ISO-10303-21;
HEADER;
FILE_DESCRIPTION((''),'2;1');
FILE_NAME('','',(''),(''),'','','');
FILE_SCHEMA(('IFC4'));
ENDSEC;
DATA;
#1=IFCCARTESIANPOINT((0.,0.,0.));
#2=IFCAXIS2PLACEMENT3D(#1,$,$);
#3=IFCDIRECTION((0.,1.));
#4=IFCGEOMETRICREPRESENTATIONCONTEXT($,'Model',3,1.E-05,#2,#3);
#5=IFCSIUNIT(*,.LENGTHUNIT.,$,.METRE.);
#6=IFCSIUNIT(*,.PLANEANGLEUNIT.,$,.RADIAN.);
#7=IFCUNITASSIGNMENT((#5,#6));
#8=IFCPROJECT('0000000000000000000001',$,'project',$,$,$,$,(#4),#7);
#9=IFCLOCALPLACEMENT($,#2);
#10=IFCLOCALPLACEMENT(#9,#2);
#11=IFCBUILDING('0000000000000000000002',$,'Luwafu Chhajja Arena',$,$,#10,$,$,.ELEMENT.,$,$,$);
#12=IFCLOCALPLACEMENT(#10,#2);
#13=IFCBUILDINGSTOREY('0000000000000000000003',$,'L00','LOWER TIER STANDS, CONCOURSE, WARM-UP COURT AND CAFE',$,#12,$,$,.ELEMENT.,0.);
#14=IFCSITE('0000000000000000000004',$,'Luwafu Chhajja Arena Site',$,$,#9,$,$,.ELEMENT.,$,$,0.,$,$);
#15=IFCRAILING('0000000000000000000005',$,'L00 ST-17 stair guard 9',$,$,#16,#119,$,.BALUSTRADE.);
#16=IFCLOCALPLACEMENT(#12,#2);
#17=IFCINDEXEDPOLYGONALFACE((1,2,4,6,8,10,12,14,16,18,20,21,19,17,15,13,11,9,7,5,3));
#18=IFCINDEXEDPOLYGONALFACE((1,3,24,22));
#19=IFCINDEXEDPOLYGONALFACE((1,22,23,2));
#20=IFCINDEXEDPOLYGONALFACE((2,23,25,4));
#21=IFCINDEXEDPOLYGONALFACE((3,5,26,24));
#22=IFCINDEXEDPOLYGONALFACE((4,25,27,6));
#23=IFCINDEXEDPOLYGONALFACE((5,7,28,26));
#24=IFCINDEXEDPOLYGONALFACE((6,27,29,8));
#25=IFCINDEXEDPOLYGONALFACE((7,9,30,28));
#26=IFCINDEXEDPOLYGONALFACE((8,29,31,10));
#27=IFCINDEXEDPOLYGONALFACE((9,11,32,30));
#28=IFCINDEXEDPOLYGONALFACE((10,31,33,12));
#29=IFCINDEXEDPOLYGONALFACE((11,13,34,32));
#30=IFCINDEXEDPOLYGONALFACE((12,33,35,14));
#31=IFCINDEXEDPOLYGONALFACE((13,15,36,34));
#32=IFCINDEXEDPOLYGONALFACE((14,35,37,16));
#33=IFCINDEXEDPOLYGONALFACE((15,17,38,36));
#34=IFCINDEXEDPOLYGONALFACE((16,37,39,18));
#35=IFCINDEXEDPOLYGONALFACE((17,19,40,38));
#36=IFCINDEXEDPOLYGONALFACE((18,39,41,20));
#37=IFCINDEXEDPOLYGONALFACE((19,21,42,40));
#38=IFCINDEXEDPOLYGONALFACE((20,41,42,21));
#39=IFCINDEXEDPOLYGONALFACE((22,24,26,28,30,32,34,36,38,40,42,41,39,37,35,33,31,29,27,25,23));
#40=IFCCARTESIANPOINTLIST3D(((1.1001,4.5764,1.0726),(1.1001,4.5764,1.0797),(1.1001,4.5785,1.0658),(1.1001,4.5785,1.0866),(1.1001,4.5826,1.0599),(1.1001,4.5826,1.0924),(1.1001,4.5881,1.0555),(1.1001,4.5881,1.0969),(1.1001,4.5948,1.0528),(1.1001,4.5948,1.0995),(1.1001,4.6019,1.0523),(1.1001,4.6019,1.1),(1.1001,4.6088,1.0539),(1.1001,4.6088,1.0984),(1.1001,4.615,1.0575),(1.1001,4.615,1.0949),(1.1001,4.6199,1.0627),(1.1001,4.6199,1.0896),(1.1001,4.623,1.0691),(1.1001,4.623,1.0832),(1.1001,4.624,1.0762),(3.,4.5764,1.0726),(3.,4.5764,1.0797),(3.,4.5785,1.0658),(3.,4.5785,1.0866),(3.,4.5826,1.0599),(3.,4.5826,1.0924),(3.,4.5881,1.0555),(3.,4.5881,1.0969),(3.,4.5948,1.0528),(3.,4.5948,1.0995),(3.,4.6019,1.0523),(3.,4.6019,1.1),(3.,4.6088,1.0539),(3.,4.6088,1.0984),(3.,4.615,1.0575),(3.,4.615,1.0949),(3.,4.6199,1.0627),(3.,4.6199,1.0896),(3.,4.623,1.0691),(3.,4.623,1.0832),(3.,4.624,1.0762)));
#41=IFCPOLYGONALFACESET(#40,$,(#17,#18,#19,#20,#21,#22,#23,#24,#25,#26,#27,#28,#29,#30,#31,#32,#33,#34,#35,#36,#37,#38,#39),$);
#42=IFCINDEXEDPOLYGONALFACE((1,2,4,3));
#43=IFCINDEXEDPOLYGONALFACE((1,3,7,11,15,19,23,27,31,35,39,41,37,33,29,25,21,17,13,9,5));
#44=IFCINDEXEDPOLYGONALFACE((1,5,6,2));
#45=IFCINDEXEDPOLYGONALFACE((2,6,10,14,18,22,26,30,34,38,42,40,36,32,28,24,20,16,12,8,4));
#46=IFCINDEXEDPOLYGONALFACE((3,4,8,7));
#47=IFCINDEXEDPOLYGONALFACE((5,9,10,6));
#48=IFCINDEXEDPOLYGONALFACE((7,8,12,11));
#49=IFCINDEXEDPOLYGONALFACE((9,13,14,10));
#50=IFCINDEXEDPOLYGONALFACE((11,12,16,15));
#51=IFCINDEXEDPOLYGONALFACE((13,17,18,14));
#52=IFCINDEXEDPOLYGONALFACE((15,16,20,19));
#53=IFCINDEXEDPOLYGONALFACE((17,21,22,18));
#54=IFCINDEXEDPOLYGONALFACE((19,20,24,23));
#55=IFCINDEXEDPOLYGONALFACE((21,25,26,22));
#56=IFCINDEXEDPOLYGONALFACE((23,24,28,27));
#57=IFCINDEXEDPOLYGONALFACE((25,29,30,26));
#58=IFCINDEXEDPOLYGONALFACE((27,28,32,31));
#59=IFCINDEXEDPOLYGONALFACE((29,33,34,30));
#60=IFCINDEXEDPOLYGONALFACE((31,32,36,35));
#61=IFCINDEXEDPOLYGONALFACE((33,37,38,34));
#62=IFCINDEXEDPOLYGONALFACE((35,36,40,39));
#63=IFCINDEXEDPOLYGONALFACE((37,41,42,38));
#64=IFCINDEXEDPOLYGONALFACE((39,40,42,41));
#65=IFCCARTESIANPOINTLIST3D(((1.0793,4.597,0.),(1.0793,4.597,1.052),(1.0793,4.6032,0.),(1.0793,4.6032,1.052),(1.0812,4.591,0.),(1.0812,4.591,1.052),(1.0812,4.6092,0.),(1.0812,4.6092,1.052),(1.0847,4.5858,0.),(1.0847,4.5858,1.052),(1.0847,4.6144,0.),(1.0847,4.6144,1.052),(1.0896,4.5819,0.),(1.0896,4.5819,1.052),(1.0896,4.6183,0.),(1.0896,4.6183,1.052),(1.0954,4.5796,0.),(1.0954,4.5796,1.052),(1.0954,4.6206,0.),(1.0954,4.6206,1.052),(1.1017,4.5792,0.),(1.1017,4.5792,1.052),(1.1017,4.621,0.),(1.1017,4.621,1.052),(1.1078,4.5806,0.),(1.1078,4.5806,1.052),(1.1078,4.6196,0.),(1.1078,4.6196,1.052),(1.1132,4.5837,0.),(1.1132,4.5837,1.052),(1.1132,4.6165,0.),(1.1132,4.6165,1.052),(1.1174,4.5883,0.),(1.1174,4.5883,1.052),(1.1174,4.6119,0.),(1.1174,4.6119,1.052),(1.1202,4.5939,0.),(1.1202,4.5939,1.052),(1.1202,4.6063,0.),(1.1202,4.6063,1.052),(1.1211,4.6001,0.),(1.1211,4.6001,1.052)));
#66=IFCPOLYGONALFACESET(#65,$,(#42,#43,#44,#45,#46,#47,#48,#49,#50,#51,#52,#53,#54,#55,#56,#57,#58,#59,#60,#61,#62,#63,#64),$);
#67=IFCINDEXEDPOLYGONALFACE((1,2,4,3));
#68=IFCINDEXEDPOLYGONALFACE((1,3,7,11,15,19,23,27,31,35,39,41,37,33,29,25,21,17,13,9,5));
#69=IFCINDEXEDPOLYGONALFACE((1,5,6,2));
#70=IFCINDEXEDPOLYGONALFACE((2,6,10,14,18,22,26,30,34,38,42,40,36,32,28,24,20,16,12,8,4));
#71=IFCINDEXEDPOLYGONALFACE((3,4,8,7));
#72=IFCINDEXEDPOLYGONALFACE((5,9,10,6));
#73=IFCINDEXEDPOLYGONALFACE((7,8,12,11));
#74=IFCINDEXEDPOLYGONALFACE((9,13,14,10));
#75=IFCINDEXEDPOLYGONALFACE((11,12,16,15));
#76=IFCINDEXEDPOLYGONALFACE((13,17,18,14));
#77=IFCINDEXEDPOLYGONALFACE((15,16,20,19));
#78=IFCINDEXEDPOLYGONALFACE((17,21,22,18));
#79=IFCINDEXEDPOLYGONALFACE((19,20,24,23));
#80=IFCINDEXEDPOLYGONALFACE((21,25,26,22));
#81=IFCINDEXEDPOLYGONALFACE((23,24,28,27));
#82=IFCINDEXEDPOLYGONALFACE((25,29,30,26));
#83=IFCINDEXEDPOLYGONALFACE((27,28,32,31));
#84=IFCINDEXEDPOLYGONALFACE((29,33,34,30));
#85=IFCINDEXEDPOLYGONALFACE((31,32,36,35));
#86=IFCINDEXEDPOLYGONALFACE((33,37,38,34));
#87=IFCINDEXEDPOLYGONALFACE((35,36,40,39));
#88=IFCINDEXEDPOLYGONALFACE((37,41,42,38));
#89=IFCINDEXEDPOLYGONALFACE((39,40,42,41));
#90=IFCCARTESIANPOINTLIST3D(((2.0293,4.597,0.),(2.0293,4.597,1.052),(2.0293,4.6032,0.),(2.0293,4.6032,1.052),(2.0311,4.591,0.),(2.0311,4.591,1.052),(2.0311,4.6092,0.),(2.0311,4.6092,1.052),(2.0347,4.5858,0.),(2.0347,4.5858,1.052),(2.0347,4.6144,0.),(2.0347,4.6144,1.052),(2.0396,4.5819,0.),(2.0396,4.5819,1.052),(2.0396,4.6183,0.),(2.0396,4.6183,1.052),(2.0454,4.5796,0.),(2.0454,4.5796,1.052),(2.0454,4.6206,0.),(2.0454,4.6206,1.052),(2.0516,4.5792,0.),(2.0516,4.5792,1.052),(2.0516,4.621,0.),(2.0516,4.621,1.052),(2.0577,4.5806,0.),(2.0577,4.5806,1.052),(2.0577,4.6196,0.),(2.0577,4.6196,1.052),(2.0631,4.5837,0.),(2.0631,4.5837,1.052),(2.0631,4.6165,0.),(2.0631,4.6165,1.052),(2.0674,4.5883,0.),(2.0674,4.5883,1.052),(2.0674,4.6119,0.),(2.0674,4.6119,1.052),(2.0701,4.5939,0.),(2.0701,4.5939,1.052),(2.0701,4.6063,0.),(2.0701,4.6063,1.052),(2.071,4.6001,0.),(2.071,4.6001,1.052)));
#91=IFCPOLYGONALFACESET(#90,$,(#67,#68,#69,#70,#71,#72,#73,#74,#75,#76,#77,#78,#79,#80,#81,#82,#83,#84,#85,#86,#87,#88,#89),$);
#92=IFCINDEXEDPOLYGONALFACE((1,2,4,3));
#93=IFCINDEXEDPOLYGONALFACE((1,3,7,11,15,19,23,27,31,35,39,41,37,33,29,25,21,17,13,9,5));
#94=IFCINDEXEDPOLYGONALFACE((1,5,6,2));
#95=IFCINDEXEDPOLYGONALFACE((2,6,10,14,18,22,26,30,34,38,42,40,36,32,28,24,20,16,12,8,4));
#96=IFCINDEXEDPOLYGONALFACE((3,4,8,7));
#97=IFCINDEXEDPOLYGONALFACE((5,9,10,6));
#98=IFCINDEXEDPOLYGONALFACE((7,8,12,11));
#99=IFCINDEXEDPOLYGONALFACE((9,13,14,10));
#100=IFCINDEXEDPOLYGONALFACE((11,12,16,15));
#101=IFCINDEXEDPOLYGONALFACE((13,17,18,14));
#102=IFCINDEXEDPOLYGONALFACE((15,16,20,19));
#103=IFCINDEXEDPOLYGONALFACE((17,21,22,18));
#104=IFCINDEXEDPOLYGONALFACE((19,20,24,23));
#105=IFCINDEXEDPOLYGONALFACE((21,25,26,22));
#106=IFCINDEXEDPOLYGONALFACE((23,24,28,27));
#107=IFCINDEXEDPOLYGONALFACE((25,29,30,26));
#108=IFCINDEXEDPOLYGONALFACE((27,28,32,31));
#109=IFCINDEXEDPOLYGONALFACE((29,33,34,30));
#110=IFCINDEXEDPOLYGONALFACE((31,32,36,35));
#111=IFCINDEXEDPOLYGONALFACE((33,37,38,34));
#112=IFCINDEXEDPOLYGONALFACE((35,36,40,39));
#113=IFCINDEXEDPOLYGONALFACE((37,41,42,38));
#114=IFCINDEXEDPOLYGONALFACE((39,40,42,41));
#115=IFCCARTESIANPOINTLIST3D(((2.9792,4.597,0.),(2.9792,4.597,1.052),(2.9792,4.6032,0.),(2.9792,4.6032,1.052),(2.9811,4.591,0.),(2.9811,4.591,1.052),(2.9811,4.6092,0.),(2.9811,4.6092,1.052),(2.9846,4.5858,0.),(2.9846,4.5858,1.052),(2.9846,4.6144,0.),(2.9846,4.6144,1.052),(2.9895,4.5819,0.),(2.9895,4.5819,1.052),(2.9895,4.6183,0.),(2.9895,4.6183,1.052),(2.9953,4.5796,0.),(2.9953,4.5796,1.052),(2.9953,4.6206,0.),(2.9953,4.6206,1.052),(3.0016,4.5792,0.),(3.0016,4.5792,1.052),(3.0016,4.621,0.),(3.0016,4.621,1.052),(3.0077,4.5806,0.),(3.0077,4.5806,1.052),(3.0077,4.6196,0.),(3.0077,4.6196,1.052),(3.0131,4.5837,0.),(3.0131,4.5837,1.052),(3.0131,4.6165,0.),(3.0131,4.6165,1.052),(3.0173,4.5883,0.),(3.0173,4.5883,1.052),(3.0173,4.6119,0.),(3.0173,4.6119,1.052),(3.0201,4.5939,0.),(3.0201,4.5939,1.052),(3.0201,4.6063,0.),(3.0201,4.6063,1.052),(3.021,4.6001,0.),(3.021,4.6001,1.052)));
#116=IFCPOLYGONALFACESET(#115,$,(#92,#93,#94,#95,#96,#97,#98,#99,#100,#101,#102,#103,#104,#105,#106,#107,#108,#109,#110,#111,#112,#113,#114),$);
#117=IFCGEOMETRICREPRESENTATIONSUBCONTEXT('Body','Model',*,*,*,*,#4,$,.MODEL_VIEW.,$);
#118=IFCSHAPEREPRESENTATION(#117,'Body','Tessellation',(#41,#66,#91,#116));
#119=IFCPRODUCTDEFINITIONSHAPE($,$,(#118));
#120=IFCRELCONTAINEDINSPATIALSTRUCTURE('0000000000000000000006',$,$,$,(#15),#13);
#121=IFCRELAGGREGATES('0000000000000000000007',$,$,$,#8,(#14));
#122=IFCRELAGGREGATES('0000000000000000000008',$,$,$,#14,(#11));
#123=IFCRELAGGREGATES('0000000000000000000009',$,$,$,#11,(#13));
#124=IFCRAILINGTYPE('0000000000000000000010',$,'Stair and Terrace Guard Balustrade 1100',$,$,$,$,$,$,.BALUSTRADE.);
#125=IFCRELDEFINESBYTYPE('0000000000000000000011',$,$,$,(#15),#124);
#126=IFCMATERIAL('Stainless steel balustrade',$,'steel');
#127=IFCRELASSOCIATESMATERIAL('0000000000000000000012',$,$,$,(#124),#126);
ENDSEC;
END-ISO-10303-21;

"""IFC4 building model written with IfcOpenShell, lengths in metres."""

from ifc_helpers import new_model, si_unit, direction, frame, origin, origin_2d, place, context, subcontext, project, spatial, circle, extrude, material, type_object, element, save


model = new_model("IFC4")

# Units and contexts
model_context = context("Model", 3, precision=1e-05, world=origin(), true_north=direction((0.0, 1.0)))
body_context = subcontext(model_context, "Body", "Model", "MODEL_VIEW")
ifc_project = project(units=[si_unit("LENGTHUNIT", "METRE"), si_unit("PLANEANGLEUNIT", "RADIAN")], contexts=[model_context])

# Site, building, storey
site_placement = place(None, origin())
site = spatial("IfcSite", under=ifc_project, at=site_placement, Name="Luwafu Chhajja Arena Site", CompositionType="ELEMENT", RefElevation=0.0)
building_placement = place(site_placement, origin())
building = spatial("IfcBuilding", under=site, at=building_placement, Name="Luwafu Chhajja Arena", CompositionType="ELEMENT")
storey_placement = place(building_placement, origin())
storey = spatial("IfcBuildingStorey", under=building, at=storey_placement, Name="L00", Description="LOWER TIER STANDS, CONCOURSE, WARM-UP COURT AND CAFE", CompositionType="ELEMENT", Elevation=0.0)

# Railing
ifc_material_1 = material(Name="Stainless steel balustrade", Category="steel")
railing_type_1 = type_object("IfcRailingType", Name="Stair and Terrace Guard Balustrade 1100", PredefinedType="BALUSTRADE", material=ifc_material_1)
for number, where, name in (
    (1, (1.1001, 4.6001, 0.0), "L00 ST-17 stair guard 9"),
):
    element("IfcRailing", number, at=place(storey_placement, frame(where)), inside=storey, type_object=railing_type_1, Name=name, PredefinedType="BALUSTRADE", context=body_context, shape_type="SweptSolid", body=[
        extrude(circle(Radius=0.0239, at=origin_2d()), frame((0.0, 0.0, 1.0762), z_axis=(1.0, 0.0, 0.0), x_axis=(0.0, 1.0, 0.0)), (0.0, 0.0, 1.0), 1.8999),
        extrude(circle(Radius=0.021, at=origin_2d()), origin(), (0.0, 0.0, 1.0), 1.052),
        extrude(circle(Radius=0.021, at=origin_2d()), frame((0.95, 0.0, 0.0)), (0.0, 0.0, 1.0), 1.052),
        extrude(circle(Radius=0.021, at=origin_2d()), frame((1.8999, 0.0, 0.0)), (0.0, 0.0, 1.0), 1.052),
    ])

save(model, "model.ifc")
